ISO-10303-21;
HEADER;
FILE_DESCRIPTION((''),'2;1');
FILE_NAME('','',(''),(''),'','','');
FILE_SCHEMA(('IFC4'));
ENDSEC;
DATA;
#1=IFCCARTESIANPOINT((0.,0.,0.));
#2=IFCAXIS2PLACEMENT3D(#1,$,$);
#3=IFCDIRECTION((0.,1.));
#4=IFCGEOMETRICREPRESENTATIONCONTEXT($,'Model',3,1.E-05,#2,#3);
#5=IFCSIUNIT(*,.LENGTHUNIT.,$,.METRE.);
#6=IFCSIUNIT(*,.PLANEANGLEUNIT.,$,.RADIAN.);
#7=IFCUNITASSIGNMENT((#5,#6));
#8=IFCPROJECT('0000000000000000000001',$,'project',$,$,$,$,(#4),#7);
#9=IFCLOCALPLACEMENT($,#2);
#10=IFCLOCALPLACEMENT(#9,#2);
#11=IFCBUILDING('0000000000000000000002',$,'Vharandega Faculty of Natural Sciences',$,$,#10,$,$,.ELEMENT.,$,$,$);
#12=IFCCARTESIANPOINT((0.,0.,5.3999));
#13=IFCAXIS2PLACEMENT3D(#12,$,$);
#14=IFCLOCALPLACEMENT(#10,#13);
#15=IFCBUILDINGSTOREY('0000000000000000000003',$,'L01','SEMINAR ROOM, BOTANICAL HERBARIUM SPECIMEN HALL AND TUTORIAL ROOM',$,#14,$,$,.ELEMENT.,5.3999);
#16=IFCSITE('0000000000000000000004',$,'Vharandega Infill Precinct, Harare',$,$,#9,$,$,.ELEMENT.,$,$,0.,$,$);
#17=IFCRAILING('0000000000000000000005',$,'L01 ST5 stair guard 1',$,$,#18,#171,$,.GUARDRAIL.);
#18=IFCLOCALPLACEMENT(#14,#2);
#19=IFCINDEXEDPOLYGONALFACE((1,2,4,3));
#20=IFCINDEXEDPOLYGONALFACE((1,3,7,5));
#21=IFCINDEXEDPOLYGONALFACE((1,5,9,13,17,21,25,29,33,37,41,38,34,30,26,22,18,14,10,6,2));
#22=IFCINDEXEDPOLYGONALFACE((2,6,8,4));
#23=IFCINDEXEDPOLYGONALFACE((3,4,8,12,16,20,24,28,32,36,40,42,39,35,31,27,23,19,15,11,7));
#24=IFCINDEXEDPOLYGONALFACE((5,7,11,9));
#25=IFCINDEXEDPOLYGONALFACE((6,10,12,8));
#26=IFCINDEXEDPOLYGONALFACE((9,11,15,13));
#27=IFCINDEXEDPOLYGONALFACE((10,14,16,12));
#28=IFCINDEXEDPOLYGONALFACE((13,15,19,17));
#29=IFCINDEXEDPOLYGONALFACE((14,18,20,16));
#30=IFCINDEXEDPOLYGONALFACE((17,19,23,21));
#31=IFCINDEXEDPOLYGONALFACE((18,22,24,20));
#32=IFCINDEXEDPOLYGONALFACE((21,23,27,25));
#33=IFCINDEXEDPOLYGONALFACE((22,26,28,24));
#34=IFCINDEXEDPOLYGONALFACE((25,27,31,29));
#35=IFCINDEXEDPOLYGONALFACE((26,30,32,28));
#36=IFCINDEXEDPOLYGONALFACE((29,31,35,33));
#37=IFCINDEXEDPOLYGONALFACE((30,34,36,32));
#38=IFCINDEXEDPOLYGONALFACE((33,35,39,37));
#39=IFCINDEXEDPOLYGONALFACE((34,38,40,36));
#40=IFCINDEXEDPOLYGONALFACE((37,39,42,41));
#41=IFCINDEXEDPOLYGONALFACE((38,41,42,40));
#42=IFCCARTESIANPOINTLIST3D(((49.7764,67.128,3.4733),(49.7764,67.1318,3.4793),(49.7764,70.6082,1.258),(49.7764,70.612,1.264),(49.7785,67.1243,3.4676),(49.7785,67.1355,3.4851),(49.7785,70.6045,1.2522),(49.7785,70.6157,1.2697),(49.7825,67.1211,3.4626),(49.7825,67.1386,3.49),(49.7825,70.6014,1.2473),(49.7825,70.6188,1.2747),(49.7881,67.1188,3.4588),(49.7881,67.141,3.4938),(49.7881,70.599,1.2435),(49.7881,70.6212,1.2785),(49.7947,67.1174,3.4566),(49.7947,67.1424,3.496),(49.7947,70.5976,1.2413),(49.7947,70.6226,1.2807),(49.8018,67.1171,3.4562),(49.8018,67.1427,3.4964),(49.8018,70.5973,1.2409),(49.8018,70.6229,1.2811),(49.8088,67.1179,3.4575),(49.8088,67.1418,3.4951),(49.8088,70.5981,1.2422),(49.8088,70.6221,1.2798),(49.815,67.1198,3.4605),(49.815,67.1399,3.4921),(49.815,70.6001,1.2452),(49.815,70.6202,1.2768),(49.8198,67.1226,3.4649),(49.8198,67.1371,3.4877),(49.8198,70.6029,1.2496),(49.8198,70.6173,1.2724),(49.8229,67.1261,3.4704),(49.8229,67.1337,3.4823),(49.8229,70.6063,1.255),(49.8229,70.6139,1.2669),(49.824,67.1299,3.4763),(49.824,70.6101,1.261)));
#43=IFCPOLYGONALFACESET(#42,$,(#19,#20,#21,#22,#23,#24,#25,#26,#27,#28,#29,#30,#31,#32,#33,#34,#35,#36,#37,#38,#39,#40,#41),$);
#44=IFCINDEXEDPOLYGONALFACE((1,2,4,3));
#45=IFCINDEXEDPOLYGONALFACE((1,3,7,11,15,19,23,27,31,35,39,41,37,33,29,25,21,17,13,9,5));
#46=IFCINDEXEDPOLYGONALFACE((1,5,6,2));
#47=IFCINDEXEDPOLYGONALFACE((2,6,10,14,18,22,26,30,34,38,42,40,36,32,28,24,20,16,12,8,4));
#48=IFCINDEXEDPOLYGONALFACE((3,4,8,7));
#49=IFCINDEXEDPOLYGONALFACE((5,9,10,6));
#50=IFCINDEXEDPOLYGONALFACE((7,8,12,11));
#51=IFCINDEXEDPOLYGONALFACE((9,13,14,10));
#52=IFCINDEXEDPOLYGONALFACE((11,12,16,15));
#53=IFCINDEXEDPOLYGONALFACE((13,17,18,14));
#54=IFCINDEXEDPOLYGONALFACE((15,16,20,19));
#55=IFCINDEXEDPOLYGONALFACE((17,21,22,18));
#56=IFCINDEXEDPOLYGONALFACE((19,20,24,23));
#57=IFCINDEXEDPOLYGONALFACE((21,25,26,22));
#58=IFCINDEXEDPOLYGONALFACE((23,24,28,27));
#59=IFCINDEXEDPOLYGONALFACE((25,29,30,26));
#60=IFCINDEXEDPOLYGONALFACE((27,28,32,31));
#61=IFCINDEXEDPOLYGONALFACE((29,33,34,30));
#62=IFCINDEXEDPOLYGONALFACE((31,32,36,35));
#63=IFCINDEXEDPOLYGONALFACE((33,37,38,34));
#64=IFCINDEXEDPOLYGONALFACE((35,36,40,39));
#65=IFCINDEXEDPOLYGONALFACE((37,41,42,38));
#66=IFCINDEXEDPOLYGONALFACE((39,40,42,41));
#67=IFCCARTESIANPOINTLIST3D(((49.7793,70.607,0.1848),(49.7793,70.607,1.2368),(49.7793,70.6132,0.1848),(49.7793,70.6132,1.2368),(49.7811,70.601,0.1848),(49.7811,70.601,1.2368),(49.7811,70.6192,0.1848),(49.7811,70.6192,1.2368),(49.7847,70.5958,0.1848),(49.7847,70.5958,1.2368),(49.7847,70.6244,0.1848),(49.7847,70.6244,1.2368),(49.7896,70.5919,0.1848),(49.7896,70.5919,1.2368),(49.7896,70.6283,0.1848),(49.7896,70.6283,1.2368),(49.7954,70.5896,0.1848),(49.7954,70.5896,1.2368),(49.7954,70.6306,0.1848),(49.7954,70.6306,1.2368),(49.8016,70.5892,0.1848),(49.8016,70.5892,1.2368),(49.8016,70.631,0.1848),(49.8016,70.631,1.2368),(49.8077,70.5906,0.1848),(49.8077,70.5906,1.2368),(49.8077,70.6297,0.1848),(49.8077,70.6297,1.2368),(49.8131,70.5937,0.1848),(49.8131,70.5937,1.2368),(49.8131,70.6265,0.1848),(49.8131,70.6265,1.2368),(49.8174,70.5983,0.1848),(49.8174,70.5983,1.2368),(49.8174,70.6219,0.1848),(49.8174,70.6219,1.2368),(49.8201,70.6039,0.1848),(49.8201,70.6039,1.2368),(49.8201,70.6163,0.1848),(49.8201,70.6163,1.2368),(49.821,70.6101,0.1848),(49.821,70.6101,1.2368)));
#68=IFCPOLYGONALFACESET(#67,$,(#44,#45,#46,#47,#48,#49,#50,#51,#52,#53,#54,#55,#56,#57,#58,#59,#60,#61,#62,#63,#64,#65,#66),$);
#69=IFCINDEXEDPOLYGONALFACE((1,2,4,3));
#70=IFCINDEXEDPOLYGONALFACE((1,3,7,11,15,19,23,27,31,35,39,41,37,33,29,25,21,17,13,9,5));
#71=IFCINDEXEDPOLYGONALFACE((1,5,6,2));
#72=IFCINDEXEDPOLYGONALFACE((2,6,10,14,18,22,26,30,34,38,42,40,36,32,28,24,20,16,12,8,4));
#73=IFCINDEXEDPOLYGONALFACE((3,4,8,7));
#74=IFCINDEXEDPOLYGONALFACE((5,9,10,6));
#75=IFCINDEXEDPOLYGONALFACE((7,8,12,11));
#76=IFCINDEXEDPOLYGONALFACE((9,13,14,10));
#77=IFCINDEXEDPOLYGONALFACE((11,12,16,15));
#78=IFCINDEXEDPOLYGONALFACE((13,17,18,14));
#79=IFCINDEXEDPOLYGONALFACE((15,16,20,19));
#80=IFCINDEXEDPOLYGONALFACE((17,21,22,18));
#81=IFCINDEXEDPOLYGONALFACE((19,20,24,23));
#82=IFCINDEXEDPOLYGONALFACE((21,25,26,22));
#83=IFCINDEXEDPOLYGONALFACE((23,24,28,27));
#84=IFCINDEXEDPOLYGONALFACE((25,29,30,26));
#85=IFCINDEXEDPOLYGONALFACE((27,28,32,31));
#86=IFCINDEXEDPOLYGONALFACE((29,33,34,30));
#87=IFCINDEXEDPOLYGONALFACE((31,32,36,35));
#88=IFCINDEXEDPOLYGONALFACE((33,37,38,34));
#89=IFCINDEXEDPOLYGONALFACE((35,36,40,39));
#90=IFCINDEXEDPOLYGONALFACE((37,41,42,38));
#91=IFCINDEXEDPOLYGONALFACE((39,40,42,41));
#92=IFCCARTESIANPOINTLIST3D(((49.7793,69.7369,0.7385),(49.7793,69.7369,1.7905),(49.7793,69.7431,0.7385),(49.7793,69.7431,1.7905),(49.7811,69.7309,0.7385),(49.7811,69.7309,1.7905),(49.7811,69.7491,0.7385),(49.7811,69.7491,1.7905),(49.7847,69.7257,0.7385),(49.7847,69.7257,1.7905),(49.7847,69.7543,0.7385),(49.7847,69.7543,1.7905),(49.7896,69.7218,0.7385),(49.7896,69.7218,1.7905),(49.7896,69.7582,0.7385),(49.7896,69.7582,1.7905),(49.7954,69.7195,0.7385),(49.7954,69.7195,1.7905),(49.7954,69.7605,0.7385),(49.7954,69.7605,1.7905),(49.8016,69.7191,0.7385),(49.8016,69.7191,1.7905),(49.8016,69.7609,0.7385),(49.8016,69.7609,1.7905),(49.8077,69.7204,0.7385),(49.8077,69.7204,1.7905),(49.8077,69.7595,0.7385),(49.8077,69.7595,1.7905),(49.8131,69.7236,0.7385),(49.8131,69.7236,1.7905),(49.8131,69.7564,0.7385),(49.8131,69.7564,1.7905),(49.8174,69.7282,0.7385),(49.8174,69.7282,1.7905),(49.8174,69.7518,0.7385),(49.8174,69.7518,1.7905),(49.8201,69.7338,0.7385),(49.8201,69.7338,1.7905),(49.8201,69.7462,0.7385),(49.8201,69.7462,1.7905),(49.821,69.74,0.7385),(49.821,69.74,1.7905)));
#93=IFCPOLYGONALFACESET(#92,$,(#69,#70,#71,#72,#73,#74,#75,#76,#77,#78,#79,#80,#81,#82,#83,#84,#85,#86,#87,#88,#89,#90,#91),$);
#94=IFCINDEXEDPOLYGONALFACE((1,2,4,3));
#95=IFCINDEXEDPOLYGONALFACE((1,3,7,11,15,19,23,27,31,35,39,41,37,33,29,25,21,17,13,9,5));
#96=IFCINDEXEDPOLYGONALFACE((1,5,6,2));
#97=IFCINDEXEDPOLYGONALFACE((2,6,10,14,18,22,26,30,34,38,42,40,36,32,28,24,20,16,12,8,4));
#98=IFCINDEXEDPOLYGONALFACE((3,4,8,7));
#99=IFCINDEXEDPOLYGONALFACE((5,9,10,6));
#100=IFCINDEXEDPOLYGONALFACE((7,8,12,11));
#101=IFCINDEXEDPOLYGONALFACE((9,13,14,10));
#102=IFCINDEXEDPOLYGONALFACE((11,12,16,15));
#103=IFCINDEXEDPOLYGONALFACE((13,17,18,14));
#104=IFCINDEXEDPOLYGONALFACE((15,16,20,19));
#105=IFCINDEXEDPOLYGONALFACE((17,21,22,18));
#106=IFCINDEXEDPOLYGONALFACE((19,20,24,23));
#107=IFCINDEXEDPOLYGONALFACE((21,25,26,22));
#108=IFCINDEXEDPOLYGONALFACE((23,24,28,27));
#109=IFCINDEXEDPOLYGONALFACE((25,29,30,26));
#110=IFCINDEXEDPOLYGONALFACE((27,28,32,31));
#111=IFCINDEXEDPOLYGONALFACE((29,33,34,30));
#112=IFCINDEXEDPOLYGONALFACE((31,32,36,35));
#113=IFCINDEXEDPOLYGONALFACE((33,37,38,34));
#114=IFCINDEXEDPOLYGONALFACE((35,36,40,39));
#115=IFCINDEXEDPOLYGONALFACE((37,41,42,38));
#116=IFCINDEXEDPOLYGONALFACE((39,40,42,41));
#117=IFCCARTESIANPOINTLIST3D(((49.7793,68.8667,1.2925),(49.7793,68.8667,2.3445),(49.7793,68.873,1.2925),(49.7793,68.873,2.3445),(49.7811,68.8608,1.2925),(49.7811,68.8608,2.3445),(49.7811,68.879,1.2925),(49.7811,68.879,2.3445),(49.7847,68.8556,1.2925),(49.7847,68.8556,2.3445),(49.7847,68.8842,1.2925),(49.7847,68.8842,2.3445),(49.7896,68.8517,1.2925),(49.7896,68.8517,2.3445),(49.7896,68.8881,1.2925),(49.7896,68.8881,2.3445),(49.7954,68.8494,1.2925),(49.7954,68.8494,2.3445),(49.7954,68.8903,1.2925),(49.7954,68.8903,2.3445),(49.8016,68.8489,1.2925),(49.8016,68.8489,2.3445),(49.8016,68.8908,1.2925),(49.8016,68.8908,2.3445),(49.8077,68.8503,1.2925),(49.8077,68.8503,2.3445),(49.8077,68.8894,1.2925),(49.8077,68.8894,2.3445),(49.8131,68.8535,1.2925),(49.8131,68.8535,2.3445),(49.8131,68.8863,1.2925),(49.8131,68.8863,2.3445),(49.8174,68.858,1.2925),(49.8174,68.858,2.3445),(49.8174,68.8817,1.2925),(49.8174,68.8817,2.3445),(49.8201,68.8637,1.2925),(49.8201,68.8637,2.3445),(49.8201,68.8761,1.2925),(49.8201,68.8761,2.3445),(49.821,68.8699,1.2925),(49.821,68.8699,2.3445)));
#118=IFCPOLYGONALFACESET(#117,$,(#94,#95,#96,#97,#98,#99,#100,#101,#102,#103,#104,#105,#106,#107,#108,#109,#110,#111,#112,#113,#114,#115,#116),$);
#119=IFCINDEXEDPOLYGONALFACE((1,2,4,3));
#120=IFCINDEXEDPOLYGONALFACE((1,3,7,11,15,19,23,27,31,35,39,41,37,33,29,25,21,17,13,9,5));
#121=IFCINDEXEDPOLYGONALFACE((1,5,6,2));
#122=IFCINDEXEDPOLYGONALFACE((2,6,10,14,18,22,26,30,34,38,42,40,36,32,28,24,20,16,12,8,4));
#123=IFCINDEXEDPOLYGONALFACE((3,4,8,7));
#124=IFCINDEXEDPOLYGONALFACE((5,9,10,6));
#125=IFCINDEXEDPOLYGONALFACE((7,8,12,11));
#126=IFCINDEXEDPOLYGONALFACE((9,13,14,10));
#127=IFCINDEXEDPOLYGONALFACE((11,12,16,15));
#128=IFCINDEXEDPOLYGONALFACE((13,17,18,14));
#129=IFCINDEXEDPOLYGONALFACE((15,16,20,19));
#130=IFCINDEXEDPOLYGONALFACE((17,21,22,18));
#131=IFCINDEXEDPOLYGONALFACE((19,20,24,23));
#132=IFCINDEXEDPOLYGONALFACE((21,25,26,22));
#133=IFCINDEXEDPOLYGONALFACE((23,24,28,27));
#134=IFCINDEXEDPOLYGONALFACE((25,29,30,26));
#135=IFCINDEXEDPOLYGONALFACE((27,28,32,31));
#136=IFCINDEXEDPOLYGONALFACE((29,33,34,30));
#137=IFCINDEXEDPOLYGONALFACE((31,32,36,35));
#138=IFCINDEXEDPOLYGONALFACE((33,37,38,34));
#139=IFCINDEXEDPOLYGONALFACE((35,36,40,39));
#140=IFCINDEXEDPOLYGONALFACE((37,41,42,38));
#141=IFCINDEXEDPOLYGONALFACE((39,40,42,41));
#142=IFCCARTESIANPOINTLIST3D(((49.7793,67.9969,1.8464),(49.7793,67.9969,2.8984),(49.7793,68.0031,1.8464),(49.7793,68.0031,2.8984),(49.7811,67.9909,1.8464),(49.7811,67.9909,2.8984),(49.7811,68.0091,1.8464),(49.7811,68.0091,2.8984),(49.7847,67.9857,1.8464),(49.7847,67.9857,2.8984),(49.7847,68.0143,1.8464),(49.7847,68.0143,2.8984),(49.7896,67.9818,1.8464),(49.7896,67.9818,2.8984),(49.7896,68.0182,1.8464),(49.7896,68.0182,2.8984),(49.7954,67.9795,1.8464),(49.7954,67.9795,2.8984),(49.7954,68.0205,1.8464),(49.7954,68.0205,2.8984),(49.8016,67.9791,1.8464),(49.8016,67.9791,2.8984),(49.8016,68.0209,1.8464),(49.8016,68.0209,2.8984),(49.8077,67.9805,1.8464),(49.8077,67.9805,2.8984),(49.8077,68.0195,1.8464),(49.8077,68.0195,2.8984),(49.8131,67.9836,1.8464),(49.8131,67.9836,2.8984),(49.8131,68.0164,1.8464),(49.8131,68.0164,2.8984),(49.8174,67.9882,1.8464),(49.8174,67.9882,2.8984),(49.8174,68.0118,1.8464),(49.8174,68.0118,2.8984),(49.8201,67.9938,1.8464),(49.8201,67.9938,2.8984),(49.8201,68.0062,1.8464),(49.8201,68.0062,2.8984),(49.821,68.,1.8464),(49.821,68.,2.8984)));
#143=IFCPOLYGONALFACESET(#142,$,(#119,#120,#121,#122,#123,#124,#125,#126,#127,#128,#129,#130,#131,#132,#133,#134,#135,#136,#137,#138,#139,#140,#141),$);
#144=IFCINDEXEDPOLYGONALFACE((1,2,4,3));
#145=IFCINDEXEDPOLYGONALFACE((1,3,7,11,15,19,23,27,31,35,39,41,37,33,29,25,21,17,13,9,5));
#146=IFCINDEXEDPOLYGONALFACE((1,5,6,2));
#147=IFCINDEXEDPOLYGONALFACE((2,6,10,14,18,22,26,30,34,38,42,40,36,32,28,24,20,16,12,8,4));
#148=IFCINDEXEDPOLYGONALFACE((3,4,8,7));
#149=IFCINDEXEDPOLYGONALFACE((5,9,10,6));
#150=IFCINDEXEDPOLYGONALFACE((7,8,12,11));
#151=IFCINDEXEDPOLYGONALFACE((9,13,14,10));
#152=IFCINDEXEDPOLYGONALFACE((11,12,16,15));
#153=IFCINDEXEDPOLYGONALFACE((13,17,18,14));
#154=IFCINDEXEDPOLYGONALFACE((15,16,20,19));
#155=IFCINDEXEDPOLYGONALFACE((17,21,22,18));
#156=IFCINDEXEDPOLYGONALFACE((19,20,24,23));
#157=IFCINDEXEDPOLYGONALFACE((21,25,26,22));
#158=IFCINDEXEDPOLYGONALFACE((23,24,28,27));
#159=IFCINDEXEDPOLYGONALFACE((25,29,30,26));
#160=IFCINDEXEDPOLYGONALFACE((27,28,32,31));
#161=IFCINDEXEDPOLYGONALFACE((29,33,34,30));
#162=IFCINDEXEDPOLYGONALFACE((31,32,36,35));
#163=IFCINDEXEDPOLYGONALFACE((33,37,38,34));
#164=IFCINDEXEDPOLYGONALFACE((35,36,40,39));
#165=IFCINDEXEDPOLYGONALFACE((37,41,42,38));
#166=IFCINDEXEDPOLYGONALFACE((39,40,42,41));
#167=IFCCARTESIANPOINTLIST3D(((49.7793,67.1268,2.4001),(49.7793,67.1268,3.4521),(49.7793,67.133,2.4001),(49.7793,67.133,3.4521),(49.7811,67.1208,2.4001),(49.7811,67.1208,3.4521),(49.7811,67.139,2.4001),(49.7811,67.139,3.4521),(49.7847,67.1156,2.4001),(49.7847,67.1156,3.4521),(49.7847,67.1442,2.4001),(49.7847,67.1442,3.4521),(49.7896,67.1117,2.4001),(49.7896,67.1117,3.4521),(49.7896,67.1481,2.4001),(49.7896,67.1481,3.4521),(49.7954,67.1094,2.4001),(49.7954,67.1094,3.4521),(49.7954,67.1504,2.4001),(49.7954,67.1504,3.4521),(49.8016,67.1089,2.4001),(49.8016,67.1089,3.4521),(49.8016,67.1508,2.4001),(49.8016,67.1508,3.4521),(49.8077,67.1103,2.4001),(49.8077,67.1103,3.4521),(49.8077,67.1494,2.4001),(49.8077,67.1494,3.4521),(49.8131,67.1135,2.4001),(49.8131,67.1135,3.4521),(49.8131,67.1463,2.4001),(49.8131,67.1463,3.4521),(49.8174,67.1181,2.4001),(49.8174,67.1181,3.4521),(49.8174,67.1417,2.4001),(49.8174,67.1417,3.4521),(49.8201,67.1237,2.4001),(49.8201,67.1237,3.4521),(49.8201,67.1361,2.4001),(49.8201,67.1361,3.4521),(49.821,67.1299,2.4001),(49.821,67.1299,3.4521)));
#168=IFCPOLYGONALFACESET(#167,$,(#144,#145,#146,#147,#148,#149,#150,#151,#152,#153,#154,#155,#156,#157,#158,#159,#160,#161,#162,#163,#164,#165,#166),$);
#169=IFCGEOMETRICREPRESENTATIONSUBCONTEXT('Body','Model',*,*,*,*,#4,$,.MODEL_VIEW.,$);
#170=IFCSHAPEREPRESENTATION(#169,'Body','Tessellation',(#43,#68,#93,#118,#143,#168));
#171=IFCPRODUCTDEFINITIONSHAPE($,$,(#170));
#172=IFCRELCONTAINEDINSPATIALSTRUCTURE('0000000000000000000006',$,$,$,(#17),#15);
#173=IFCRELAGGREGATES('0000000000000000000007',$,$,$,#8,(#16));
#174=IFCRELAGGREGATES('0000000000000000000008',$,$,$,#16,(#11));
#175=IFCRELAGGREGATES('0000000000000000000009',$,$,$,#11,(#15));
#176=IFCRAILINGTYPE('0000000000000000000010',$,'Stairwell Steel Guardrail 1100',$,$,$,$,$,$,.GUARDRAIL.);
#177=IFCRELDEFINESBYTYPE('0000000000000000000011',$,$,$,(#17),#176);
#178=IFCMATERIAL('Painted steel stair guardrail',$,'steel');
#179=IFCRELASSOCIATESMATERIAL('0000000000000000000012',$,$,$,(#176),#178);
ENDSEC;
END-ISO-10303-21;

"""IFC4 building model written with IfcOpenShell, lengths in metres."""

from ifc_helpers import new_model, si_unit, direction, frame, origin, origin_2d, place, context, subcontext, project, spatial, circle, extrude, material, type_object, element, save


model = new_model("IFC4")

# Units and contexts
model_context = context("Model", 3, precision=1e-05, world=origin(), true_north=direction((0.0, 1.0)))
body_context = subcontext(model_context, "Body", "Model", "MODEL_VIEW")
ifc_project = project(units=[si_unit("LENGTHUNIT", "METRE"), si_unit("PLANEANGLEUNIT", "RADIAN")], contexts=[model_context])

# Site, building, storey
site_placement = place(None, origin())
site = spatial("IfcSite", under=ifc_project, at=site_placement, Name="Vharandega Infill Precinct, Harare", CompositionType="ELEMENT", RefElevation=0.0)
building_placement = place(site_placement, origin())
building = spatial("IfcBuilding", under=site, at=building_placement, Name="Vharandega Faculty of Natural Sciences", CompositionType="ELEMENT")
storey_placement = place(building_placement, frame((0.0, 0.0, 5.3999)))
storey = spatial("IfcBuildingStorey", under=building, at=storey_placement, Name="L01", Description="SEMINAR ROOM, BOTANICAL HERBARIUM SPECIMEN HALL AND TUTORIAL ROOM", CompositionType="ELEMENT", Elevation=5.3999)

# Railing
ifc_material_1 = material(Name="Painted steel stair guardrail", Category="steel")
railing_type_1 = type_object("IfcRailingType", Name="Stairwell Steel Guardrail 1100", PredefinedType="GUARDRAIL", material=ifc_material_1)
railing_1_placement = place(storey_placement, frame((49.8, 70.6101, 0.1848)))
element("IfcRailing", 1, at=railing_1_placement, inside=storey, type_object=railing_type_1, Name="L01 ST5 stair guard 1", PredefinedType="GUARDRAIL", context=body_context, shape_type="SweptSolid", body=[
    extrude(circle(Radius=0.0239, at=origin_2d()), frame((0.0, 0.0, 1.0762), z_axis=(0.0, -0.843591, 0.536987), x_axis=(1.0, 0.0, 0.0)), (0.0, 0.0, 1.0), 4.1255),
    extrude(circle(Radius=0.021, at=origin_2d()), origin(), (0.0, 0.0, 1.0), 1.052),
    extrude(circle(Radius=0.021, at=origin_2d()), frame((0.0, -0.8701, 0.5537)), (0.0, 0.0, 1.0), 1.052),
    extrude(circle(Radius=0.021, at=origin_2d()), frame((0.0, -1.7402, 1.1077)), (0.0, 0.0, 1.0), 1.052),
    extrude(circle(Radius=0.021, at=origin_2d()), frame((0.0, -2.6101, 1.6616)), (0.0, 0.0, 1.0), 1.052),
    extrude(circle(Radius=0.021, at=origin_2d()), frame((0.0, -3.4802, 2.2153)), (0.0, 0.0, 1.0), 1.052),
])

save(model, "model.ifc")
